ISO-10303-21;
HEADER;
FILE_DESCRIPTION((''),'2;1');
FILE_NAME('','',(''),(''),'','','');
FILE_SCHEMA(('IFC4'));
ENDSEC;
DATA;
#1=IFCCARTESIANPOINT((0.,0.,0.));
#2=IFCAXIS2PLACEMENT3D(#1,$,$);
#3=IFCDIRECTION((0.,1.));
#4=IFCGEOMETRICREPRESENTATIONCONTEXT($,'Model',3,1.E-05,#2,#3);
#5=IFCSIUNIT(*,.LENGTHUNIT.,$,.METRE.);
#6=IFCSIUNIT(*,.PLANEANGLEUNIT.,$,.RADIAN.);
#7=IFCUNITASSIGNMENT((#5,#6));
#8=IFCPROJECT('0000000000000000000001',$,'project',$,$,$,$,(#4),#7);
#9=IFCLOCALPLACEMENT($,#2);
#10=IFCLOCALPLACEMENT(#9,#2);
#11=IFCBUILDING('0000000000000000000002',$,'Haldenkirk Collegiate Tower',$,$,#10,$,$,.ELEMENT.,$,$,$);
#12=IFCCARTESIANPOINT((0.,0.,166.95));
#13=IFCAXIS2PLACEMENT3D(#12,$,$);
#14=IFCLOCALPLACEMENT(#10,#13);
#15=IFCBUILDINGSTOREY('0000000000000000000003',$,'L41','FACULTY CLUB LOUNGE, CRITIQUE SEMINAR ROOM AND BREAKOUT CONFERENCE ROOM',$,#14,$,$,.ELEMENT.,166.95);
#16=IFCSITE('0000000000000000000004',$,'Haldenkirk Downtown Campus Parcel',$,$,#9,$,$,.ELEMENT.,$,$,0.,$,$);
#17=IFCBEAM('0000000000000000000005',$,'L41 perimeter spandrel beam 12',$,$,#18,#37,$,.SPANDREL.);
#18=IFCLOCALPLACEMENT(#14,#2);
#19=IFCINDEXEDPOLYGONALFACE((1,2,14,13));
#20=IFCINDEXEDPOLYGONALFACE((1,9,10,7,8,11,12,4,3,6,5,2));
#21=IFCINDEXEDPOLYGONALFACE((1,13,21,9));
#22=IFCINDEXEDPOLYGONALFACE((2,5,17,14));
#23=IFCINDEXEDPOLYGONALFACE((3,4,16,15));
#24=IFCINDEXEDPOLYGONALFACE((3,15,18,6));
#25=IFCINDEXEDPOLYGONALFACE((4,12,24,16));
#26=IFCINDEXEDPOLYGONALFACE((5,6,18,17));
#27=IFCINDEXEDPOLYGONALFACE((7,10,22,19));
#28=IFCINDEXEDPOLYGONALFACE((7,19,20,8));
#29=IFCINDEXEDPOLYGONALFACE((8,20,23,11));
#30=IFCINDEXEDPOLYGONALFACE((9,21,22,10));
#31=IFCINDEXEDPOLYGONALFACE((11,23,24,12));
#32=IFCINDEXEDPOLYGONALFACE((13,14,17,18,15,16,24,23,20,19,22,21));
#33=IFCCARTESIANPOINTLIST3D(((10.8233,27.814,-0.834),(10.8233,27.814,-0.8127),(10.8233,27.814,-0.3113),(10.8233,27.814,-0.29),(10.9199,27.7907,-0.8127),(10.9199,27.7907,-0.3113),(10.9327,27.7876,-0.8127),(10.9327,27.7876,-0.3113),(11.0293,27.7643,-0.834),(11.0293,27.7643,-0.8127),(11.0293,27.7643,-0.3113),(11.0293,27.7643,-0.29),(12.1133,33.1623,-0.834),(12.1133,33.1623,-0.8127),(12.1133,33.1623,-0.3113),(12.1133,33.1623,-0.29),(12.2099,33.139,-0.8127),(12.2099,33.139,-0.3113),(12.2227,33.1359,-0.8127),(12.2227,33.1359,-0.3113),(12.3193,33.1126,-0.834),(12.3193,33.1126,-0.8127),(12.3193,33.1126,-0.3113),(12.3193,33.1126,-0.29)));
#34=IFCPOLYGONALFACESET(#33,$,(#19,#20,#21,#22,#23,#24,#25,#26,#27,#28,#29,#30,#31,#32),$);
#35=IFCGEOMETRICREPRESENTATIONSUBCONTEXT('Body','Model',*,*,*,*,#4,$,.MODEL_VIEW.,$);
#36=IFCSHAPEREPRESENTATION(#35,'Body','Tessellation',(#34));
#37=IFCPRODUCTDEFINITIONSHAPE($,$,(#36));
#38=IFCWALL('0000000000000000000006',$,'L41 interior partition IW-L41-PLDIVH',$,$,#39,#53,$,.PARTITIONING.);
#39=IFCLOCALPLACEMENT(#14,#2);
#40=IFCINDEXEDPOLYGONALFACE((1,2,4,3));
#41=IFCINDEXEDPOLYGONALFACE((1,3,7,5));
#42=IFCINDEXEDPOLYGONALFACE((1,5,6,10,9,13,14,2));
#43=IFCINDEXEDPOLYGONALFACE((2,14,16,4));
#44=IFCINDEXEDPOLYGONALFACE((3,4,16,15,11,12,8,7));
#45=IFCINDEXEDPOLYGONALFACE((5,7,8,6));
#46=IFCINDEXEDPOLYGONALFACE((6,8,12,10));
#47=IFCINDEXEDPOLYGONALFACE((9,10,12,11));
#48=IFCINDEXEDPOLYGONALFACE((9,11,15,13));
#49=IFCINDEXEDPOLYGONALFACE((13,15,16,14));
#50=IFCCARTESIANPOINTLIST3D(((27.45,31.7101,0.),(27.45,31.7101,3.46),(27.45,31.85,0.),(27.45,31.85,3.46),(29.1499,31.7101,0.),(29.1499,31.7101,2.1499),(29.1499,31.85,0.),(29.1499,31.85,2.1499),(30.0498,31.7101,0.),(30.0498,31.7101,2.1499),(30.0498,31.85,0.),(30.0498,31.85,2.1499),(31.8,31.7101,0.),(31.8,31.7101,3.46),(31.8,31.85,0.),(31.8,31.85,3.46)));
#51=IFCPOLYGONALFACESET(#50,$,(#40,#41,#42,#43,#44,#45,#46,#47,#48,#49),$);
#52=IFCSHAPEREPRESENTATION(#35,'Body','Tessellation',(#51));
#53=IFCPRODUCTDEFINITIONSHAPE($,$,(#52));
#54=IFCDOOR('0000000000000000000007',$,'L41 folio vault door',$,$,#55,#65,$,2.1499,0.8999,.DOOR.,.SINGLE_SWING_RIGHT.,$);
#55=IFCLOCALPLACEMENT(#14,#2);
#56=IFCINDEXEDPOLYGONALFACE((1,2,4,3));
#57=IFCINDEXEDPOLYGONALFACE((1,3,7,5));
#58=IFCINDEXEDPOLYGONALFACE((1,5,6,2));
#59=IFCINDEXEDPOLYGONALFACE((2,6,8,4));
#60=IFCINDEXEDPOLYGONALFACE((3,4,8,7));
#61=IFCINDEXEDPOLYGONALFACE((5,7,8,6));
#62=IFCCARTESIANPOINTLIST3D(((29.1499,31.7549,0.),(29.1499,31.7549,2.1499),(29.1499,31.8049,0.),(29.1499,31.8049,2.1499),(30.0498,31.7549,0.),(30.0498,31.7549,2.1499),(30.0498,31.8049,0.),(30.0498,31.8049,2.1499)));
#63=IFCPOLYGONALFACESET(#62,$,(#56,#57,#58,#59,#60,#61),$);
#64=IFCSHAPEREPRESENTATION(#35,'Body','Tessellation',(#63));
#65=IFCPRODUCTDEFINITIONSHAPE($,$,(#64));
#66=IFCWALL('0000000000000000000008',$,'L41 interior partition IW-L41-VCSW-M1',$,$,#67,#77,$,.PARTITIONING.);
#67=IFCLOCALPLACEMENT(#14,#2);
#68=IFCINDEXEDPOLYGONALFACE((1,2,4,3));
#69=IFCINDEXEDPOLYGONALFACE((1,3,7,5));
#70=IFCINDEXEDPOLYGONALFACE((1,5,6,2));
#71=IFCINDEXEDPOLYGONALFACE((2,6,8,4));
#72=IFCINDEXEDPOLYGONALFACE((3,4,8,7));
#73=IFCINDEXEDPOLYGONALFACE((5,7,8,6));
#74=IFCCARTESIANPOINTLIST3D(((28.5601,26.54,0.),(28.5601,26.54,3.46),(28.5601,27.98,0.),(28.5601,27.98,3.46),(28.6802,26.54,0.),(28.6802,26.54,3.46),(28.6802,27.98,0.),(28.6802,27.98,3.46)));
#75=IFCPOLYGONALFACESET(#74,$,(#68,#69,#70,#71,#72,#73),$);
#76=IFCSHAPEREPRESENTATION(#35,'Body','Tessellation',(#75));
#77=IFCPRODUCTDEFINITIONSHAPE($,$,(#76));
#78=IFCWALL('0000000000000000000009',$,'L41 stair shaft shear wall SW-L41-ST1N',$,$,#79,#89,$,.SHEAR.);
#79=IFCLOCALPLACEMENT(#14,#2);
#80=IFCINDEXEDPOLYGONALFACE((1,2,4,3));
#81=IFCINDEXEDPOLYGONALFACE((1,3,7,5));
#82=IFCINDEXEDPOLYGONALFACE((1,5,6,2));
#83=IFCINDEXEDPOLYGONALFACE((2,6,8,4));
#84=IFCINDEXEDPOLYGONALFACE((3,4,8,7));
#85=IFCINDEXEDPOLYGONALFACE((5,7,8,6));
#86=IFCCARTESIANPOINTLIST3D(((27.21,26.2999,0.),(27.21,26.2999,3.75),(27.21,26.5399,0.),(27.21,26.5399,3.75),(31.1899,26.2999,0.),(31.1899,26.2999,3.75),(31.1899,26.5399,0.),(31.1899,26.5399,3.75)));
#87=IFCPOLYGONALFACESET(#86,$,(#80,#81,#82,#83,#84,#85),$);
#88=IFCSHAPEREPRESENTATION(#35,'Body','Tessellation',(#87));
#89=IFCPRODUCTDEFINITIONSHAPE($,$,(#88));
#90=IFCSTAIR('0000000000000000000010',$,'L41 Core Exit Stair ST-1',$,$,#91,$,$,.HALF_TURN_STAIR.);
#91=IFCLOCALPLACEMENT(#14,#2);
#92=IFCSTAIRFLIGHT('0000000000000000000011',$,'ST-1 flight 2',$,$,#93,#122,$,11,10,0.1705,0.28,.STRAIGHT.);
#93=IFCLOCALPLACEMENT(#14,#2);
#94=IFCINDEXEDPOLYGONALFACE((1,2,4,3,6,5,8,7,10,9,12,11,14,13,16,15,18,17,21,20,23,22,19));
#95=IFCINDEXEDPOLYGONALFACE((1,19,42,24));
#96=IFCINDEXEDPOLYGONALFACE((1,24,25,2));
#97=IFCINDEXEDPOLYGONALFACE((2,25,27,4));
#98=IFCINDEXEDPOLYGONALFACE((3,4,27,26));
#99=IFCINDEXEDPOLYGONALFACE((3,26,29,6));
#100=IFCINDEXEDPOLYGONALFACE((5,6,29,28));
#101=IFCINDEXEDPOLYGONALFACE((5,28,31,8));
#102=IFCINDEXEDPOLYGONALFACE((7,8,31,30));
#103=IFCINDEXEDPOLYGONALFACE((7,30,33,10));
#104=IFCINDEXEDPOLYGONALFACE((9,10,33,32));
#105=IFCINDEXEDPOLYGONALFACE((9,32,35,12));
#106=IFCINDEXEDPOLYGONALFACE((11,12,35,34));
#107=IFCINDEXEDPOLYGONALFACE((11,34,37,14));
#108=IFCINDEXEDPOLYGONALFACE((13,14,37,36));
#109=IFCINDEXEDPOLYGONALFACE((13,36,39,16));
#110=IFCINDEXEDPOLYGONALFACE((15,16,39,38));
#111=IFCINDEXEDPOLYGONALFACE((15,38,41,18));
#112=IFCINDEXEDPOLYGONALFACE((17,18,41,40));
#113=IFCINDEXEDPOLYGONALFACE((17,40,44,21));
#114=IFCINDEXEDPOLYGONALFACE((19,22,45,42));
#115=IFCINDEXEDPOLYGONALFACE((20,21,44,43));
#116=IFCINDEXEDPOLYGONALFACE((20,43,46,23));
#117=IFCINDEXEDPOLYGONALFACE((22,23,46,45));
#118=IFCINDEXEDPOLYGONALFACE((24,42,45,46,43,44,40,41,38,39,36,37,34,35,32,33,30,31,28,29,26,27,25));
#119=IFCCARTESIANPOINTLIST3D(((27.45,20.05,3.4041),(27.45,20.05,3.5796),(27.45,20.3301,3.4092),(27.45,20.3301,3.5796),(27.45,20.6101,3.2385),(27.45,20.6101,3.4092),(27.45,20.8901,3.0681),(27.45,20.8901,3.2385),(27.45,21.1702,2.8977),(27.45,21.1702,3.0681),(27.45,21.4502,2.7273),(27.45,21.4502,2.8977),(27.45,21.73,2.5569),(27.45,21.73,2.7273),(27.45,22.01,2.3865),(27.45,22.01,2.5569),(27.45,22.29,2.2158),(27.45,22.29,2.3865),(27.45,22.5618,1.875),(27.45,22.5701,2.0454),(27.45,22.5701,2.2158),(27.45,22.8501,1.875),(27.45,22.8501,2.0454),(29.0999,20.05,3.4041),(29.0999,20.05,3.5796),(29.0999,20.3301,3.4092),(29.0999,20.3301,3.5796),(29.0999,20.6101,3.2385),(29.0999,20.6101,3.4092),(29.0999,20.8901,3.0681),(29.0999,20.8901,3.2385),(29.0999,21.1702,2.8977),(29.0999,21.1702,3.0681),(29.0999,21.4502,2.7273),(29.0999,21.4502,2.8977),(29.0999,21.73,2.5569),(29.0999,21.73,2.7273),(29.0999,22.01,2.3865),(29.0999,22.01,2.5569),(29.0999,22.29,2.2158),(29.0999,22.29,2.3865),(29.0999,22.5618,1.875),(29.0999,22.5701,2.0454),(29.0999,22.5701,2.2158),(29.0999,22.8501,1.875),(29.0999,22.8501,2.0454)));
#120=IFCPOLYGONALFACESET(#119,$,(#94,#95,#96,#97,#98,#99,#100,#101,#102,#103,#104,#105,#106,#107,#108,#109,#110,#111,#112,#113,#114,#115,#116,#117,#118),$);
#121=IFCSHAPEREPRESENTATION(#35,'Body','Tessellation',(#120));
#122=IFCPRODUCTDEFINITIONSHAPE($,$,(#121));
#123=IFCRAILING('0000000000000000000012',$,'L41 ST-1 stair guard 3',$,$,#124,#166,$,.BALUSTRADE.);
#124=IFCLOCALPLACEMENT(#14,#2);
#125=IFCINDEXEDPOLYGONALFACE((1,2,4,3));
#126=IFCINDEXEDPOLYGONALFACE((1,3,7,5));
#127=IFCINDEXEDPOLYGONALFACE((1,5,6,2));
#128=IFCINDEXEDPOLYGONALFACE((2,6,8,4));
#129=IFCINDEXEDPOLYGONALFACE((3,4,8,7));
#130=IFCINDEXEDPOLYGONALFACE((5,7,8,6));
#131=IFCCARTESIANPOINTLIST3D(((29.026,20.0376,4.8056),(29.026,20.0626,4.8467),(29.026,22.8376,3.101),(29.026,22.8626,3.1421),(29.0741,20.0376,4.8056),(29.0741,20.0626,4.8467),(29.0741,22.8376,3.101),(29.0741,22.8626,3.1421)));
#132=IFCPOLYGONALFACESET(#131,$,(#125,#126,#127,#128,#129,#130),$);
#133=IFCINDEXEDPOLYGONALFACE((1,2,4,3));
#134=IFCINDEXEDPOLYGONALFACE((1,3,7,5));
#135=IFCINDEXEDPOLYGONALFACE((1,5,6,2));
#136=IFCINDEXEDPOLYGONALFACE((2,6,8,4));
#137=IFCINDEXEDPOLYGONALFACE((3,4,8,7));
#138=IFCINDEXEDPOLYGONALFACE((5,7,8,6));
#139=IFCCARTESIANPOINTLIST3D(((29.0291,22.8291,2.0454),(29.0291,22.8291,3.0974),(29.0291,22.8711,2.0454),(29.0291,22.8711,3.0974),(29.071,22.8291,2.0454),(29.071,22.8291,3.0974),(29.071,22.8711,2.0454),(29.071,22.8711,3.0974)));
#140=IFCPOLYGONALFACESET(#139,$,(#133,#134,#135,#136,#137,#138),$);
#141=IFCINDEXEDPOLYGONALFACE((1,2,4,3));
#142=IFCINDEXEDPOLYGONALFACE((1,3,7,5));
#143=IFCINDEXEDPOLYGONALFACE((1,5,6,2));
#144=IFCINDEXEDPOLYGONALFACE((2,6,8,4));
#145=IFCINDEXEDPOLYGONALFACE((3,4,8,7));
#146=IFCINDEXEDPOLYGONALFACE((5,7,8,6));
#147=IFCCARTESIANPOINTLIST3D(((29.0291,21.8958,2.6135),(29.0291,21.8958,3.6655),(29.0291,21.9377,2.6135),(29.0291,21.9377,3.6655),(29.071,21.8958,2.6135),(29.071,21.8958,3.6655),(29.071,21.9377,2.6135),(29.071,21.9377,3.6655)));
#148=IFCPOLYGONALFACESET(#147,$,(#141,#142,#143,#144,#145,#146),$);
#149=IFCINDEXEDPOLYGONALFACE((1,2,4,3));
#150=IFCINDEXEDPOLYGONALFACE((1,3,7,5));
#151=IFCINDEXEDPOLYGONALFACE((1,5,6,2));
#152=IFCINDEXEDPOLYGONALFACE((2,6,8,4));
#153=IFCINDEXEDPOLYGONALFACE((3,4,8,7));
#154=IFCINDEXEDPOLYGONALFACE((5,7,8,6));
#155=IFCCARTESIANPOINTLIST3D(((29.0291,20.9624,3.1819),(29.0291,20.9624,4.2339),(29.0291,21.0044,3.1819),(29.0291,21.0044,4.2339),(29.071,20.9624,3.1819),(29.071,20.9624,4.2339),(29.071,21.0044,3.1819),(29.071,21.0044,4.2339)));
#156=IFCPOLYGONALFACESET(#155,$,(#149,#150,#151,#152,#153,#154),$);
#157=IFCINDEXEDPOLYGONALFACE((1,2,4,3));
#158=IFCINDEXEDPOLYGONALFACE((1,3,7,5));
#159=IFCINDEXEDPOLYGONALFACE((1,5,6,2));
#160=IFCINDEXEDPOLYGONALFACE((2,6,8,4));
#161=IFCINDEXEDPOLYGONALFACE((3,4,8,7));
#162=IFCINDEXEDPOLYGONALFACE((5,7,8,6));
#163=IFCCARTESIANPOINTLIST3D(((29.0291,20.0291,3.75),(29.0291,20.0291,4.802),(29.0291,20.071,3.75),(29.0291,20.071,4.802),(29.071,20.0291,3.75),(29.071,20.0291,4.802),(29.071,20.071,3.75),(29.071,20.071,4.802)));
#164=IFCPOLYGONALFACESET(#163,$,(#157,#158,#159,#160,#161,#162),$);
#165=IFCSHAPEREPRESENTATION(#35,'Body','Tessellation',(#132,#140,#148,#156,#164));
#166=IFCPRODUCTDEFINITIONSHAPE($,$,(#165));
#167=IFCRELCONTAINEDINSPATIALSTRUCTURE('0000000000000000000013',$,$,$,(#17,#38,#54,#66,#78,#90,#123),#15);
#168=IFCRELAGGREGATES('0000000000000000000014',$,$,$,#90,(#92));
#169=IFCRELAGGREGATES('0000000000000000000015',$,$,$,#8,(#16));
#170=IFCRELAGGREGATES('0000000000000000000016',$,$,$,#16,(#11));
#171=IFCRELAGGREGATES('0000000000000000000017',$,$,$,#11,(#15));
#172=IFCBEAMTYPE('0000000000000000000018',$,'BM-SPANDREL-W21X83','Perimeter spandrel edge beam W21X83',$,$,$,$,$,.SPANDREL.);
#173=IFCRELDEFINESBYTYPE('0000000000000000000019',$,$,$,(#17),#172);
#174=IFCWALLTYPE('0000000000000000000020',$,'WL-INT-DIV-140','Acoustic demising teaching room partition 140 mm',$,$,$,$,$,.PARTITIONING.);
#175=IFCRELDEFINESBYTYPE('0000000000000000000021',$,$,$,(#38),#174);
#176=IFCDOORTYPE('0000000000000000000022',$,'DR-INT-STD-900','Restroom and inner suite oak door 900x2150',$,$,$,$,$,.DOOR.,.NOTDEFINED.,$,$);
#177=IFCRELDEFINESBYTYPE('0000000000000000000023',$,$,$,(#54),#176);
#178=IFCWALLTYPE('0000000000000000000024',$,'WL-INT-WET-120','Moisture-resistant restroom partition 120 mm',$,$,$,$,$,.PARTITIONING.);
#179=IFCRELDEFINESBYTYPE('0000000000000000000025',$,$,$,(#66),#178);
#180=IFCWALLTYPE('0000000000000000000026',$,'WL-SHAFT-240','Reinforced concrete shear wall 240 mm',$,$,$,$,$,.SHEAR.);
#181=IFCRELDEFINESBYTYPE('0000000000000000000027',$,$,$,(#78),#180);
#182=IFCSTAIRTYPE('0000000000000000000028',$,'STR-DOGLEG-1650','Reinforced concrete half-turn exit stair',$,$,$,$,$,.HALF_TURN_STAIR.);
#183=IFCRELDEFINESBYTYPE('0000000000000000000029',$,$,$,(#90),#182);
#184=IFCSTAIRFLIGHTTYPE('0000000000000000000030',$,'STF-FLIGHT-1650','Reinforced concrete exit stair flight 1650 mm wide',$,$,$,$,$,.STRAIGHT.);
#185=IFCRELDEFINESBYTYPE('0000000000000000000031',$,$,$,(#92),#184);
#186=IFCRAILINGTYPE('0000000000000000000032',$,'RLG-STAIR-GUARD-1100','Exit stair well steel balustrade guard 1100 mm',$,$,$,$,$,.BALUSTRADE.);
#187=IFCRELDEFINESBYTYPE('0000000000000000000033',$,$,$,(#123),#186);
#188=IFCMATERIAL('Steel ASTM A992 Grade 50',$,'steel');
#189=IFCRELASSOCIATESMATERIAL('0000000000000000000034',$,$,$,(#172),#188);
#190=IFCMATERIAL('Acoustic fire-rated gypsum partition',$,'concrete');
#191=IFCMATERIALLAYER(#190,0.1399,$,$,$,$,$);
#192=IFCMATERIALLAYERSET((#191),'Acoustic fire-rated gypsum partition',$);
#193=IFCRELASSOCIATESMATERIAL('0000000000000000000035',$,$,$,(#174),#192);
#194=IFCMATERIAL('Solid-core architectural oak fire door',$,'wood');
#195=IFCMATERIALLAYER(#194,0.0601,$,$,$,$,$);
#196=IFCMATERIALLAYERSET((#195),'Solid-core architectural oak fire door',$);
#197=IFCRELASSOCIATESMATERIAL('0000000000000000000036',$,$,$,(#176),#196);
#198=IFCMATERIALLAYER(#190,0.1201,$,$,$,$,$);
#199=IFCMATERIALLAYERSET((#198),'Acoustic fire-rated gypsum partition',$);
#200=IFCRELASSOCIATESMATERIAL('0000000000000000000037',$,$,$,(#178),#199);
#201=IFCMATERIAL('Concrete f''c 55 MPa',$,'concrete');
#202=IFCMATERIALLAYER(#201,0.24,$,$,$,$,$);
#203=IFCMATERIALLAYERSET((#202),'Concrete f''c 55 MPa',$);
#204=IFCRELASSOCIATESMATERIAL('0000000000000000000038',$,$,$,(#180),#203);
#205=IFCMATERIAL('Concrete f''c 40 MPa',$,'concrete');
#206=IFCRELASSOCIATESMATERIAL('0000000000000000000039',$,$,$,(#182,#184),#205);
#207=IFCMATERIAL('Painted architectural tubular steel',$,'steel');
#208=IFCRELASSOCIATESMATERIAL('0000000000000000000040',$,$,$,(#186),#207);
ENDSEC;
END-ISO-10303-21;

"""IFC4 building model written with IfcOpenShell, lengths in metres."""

from ifc_helpers import new_model, si_unit, direction, frame, frame_2d, origin, origin_2d, place, context, subcontext, project, spatial, polyline, rectangle, i_section, outline, extrude, material, layer, layer_set, material_profile, profile_set, type_object, element, fill, aggregate, save


model = new_model("IFC4")

# Units and contexts
model_context = context("Model", 3, precision=1e-05, world=origin(), true_north=direction((0.0, 1.0)))
body_context = subcontext(model_context, "Body", "Model", "MODEL_VIEW")
ifc_project = project(units=[si_unit("LENGTHUNIT", "METRE"), si_unit("PLANEANGLEUNIT", "RADIAN")], contexts=[model_context])

# Site, building, storey
site_placement = place(None, origin())
site = spatial("IfcSite", under=ifc_project, at=site_placement, Name="Haldenkirk Downtown Campus Parcel", CompositionType="ELEMENT", RefElevation=0.0)
building_placement = place(site_placement, origin())
building = spatial("IfcBuilding", under=site, at=building_placement, Name="Haldenkirk Collegiate Tower", CompositionType="ELEMENT")
storey_placement = place(building_placement, frame((0.0, 0.0, 166.95)))
storey = spatial("IfcBuildingStorey", under=building, at=storey_placement, Name="L41", Description="FACULTY CLUB LOUNGE, CRITIQUE SEMINAR ROOM AND BREAKOUT CONFERENCE ROOM", CompositionType="ELEMENT", Elevation=166.95)

# Beam
ifc_material_1 = material(Name="Steel ASTM A992 Grade 50", Category="steel")
ifc_material_profile = material_profile(ifc_material_1, i_section(OverallWidth=0.2119, OverallDepth=0.5439, WebThickness=0.0132, FlangeThickness=0.0212, at=origin_2d()), Name="W21X83")
ifc_profile_set = profile_set([ifc_material_profile], Name="Steel ASTM A992 Grade 50")
beam_type = type_object("IfcBeamType", Name="BM-SPANDREL-W21X83", Description="Perimeter spandrel edge beam W21X83", PredefinedType="SPANDREL", material=ifc_profile_set)
beam_placement = place(storey_placement, frame((12.2163, 33.1375, -0.562), z_axis=(-0.234477, -0.972122, 0.0), x_axis=(0.972122, -0.234477, 0.0)))
element("IfcBeam", 1, at=beam_placement, inside=storey, type_object=beam_type, Name="L41 perimeter spandrel beam 12", PredefinedType="SPANDREL", context=body_context, shape_type="SweptSolid", body=[
    extrude(i_section(OverallWidth=0.2119, OverallDepth=0.5439, WebThickness=0.0132, FlangeThickness=0.0212, at=origin_2d()), origin(), (0.0, 0.0, 1.0), 5.5017),
])

# Shared definitions
ifc_material_2 = material(Name="Acoustic fire-rated gypsum partition", Category="concrete")
ifc_material_3 = material(Name="Solid-core architectural oak fire door", Category="wood")

# Wall, opening, door
ifc_layer_1 = layer(ifc_material_2, 0.1399)
ifc_layer_set_1 = layer_set([ifc_layer_1], Name="Acoustic fire-rated gypsum partition")
wall_type_1 = type_object("IfcWallType", Name="WL-INT-DIV-140", Description="Acoustic demising teaching room partition 140 mm", PredefinedType="PARTITIONING", material=ifc_layer_set_1)
wall_1_placement = place(storey_placement, frame((27.45, 31.78, 0.0), z_axis=(0.0, 0.0, 1.0), x_axis=(1.0, 0.0, 0.0)))
wall_1 = element("IfcWall", 2, at=wall_1_placement, inside=storey, type_object=wall_type_1, Name="L41 interior partition IW-L41-PLDIVH", PredefinedType="PARTITIONING", context=body_context, shape_type="SweptSolid", body=[
    extrude(rectangle(XDim=4.3501, YDim=0.1399, at=frame_2d((2.175, 0.0))), origin(), (0.0, 0.0, 1.0), 3.46),
])
opening_1_placement = place(wall_1_placement, frame((1.7, 0.0, 0.0)))
opening_1 = element("IfcOpeningElement", 3, at=opening_1_placement, cuts=wall_1, PredefinedType="OPENING", context=body_context, shape_type="SweptSolid", body=[
    extrude(rectangle(XDim=0.8999, YDim=2.1499, at=frame_2d((0.45, 1.075))), frame((0.0, 0.0798, 0.0), z_axis=(0.0, -1.0, 0.0), x_axis=(1.0, 0.0, 0.0)), (0.0, 0.0, 1.0), 0.1599),
])
ifc_layer_2 = layer(ifc_material_3, 0.0601)
ifc_layer_set_2 = layer_set([ifc_layer_2], Name="Solid-core architectural oak fire door")
door_type_1 = type_object("IfcDoorType", Name="DR-INT-STD-900", Description="Restroom and inner suite oak door 900x2150", OperationType="NOTDEFINED", PredefinedType="DOOR", material=ifc_layer_set_2)
door_1_placement = place(opening_1_placement, origin())
door_1 = element("IfcDoor", 4, at=door_1_placement, inside=storey, type_object=door_type_1, Name="L41 folio vault door", OperationType="SINGLE_SWING_RIGHT", OverallHeight=2.1499, OverallWidth=0.8999, PredefinedType="DOOR", context=body_context, shape_type="SweptSolid", body=[
    extrude(rectangle(XDim=0.8999, YDim=2.1499, at=frame_2d((0.45, 1.075))), frame((0.0, 0.0249, 0.0), z_axis=(0.0, -1.0, 0.0), x_axis=(1.0, 0.0, 0.0)), (0.0, 0.0, 1.0), 0.05),
])
fill(opening_1, door_1)

# Walls
ifc_layer_3 = layer(ifc_material_2, 0.1201)
ifc_layer_set_3 = layer_set([ifc_layer_3], Name="Acoustic fire-rated gypsum partition")
wall_type_2 = type_object("IfcWallType", Name="WL-INT-WET-120", Description="Moisture-resistant restroom partition 120 mm", PredefinedType="PARTITIONING", material=ifc_layer_set_3)
wall_2_placement = place(storey_placement, frame((28.6201, 26.54, 0.0), z_axis=(0.0, 0.0, 1.0), x_axis=(0.0, 1.0, 0.0)))
element("IfcWall", 5, at=wall_2_placement, inside=storey, type_object=wall_type_2, Name="L41 interior partition IW-L41-VCSW-M1", PredefinedType="PARTITIONING", context=body_context, shape_type="SweptSolid", body=[
    extrude(rectangle(XDim=1.4399, YDim=0.1201, at=frame_2d((0.72, 0.0))), origin(), (0.0, 0.0, 1.0), 3.46),
])
ifc_material_4 = material(Name="Concrete f'c 55 MPa", Category="concrete")
ifc_layer_4 = layer(ifc_material_4, 0.24)
ifc_layer_set_4 = layer_set([ifc_layer_4], Name="Concrete f'c 55 MPa")
wall_type_3 = type_object("IfcWallType", Name="WL-SHAFT-240", Description="Reinforced concrete shear wall 240 mm", PredefinedType="SHEAR", material=ifc_layer_set_4)
wall_3_placement = place(storey_placement, frame((27.21, 26.4199, 0.0), z_axis=(0.0, 0.0, 1.0), x_axis=(1.0, 0.0, 0.0)))
element("IfcWall", 6, at=wall_3_placement, inside=storey, type_object=wall_type_3, Name="L41 stair shaft shear wall SW-L41-ST1N", PredefinedType="SHEAR", context=body_context, shape_type="SweptSolid", body=[
    extrude(rectangle(XDim=3.98, YDim=0.24, at=frame_2d((1.99, 0.0))), origin(), (0.0, 0.0, 1.0), 3.75),
])

# Stair, stair flight
ifc_material_5 = material(Name="Concrete f'c 40 MPa", Category="concrete")
stair_type = type_object("IfcStairType", Name="STR-DOGLEG-1650", Description="Reinforced concrete half-turn exit stair", PredefinedType="HALF_TURN_STAIR", material=ifc_material_5)
stair_placement = place(storey_placement, origin())
stair = element("IfcStair", 7, at=stair_placement, inside=storey, type_object=stair_type, Name="L41 Core Exit Stair ST-1", PredefinedType="HALF_TURN_STAIR")
stair_flight_type = type_object("IfcStairFlightType", Name="STF-FLIGHT-1650", Description="Reinforced concrete exit stair flight 1650 mm wide", PredefinedType="STRAIGHT", material=ifc_material_5)
stair_flight_placement = place(storey_placement, frame((28.2749, 22.8501, 1.875), z_axis=(0.0, 0.0, 1.0), x_axis=(0.0, -1.0, 0.0)))
stair_flight = element("IfcStairFlight", 8, at=stair_flight_placement, type_object=stair_flight_type, Name="ST-1 flight 2", NumberOfRisers=11, NumberOfTreads=10, PredefinedType="STRAIGHT", RiserHeight=0.1705, TreadLength=0.28, context=body_context, shape_type="SweptSolid", body=[
    extrude(outline(polyline([(0.0, 0.0), (0.0, 0.1704), (0.28, 0.1704), (0.28, 0.3408), (0.5601, 0.3408), (0.5601, 0.5115), (0.8401, 0.5115), (0.8401, 0.6819), (1.1201, 0.6819), (1.1201, 0.8523), (1.3999, 0.8523), (1.3999, 1.0227), (1.6799, 1.0227), (1.6799, 1.1931), (1.96, 1.1931), (1.96, 1.3635), (2.24, 1.3635), (2.24, 1.5342), (2.52, 1.5342), (2.52, 1.7046), (2.8, 1.7046), (2.8, 1.875), (2.8, 1.5291), (0.2883, 0.0), (0.0, 0.0)])), frame((0.0, 0.825, 0.0), z_axis=(0.0, -1.0, 0.0), x_axis=(1.0, 0.0, 0.0)), (0.0, 0.0, 1.0), 1.6499),
])
aggregate(stair, [stair_flight])

# Railing
ifc_material_6 = material(Name="Painted architectural tubular steel", Category="steel")
railing_type_1 = type_object("IfcRailingType", Name="RLG-STAIR-GUARD-1100", Description="Exit stair well steel balustrade guard 1100 mm", PredefinedType="BALUSTRADE", material=ifc_material_6)
railing_1_placement = place(storey_placement, frame((29.05, 22.8501, 2.0454)))
element("IfcRailing", 9, at=railing_1_placement, inside=storey, type_object=railing_type_1, Name="L41 ST-1 stair guard 3", PredefinedType="BALUSTRADE", context=body_context, shape_type="SweptSolid", body=[
    extrude(rectangle(XDim=0.0481, YDim=0.0481, at=origin_2d()), frame((0.0, 0.0, 1.0762), z_axis=(0.0, -0.85417, 0.519994), x_axis=(1.0, 0.0, 0.0)), (0.0, 0.0, 1.0), 3.2781),
    extrude(rectangle(XDim=0.042, YDim=0.042, at=origin_2d()), origin(), (0.0, 0.0, 1.0), 1.052),
    extrude(rectangle(XDim=0.042, YDim=0.042, at=origin_2d()), frame((0.0, -0.9333, 0.5681)), (0.0, 0.0, 1.0), 1.052),
    extrude(rectangle(XDim=0.042, YDim=0.042, at=origin_2d()), frame((0.0, -1.8667, 1.1365)), (0.0, 0.0, 1.0), 1.052),
    extrude(rectangle(XDim=0.042, YDim=0.042, at=origin_2d()), frame((0.0, -2.8, 1.7046)), (0.0, 0.0, 1.0), 1.052),
])

save(model, "model.ifc")
